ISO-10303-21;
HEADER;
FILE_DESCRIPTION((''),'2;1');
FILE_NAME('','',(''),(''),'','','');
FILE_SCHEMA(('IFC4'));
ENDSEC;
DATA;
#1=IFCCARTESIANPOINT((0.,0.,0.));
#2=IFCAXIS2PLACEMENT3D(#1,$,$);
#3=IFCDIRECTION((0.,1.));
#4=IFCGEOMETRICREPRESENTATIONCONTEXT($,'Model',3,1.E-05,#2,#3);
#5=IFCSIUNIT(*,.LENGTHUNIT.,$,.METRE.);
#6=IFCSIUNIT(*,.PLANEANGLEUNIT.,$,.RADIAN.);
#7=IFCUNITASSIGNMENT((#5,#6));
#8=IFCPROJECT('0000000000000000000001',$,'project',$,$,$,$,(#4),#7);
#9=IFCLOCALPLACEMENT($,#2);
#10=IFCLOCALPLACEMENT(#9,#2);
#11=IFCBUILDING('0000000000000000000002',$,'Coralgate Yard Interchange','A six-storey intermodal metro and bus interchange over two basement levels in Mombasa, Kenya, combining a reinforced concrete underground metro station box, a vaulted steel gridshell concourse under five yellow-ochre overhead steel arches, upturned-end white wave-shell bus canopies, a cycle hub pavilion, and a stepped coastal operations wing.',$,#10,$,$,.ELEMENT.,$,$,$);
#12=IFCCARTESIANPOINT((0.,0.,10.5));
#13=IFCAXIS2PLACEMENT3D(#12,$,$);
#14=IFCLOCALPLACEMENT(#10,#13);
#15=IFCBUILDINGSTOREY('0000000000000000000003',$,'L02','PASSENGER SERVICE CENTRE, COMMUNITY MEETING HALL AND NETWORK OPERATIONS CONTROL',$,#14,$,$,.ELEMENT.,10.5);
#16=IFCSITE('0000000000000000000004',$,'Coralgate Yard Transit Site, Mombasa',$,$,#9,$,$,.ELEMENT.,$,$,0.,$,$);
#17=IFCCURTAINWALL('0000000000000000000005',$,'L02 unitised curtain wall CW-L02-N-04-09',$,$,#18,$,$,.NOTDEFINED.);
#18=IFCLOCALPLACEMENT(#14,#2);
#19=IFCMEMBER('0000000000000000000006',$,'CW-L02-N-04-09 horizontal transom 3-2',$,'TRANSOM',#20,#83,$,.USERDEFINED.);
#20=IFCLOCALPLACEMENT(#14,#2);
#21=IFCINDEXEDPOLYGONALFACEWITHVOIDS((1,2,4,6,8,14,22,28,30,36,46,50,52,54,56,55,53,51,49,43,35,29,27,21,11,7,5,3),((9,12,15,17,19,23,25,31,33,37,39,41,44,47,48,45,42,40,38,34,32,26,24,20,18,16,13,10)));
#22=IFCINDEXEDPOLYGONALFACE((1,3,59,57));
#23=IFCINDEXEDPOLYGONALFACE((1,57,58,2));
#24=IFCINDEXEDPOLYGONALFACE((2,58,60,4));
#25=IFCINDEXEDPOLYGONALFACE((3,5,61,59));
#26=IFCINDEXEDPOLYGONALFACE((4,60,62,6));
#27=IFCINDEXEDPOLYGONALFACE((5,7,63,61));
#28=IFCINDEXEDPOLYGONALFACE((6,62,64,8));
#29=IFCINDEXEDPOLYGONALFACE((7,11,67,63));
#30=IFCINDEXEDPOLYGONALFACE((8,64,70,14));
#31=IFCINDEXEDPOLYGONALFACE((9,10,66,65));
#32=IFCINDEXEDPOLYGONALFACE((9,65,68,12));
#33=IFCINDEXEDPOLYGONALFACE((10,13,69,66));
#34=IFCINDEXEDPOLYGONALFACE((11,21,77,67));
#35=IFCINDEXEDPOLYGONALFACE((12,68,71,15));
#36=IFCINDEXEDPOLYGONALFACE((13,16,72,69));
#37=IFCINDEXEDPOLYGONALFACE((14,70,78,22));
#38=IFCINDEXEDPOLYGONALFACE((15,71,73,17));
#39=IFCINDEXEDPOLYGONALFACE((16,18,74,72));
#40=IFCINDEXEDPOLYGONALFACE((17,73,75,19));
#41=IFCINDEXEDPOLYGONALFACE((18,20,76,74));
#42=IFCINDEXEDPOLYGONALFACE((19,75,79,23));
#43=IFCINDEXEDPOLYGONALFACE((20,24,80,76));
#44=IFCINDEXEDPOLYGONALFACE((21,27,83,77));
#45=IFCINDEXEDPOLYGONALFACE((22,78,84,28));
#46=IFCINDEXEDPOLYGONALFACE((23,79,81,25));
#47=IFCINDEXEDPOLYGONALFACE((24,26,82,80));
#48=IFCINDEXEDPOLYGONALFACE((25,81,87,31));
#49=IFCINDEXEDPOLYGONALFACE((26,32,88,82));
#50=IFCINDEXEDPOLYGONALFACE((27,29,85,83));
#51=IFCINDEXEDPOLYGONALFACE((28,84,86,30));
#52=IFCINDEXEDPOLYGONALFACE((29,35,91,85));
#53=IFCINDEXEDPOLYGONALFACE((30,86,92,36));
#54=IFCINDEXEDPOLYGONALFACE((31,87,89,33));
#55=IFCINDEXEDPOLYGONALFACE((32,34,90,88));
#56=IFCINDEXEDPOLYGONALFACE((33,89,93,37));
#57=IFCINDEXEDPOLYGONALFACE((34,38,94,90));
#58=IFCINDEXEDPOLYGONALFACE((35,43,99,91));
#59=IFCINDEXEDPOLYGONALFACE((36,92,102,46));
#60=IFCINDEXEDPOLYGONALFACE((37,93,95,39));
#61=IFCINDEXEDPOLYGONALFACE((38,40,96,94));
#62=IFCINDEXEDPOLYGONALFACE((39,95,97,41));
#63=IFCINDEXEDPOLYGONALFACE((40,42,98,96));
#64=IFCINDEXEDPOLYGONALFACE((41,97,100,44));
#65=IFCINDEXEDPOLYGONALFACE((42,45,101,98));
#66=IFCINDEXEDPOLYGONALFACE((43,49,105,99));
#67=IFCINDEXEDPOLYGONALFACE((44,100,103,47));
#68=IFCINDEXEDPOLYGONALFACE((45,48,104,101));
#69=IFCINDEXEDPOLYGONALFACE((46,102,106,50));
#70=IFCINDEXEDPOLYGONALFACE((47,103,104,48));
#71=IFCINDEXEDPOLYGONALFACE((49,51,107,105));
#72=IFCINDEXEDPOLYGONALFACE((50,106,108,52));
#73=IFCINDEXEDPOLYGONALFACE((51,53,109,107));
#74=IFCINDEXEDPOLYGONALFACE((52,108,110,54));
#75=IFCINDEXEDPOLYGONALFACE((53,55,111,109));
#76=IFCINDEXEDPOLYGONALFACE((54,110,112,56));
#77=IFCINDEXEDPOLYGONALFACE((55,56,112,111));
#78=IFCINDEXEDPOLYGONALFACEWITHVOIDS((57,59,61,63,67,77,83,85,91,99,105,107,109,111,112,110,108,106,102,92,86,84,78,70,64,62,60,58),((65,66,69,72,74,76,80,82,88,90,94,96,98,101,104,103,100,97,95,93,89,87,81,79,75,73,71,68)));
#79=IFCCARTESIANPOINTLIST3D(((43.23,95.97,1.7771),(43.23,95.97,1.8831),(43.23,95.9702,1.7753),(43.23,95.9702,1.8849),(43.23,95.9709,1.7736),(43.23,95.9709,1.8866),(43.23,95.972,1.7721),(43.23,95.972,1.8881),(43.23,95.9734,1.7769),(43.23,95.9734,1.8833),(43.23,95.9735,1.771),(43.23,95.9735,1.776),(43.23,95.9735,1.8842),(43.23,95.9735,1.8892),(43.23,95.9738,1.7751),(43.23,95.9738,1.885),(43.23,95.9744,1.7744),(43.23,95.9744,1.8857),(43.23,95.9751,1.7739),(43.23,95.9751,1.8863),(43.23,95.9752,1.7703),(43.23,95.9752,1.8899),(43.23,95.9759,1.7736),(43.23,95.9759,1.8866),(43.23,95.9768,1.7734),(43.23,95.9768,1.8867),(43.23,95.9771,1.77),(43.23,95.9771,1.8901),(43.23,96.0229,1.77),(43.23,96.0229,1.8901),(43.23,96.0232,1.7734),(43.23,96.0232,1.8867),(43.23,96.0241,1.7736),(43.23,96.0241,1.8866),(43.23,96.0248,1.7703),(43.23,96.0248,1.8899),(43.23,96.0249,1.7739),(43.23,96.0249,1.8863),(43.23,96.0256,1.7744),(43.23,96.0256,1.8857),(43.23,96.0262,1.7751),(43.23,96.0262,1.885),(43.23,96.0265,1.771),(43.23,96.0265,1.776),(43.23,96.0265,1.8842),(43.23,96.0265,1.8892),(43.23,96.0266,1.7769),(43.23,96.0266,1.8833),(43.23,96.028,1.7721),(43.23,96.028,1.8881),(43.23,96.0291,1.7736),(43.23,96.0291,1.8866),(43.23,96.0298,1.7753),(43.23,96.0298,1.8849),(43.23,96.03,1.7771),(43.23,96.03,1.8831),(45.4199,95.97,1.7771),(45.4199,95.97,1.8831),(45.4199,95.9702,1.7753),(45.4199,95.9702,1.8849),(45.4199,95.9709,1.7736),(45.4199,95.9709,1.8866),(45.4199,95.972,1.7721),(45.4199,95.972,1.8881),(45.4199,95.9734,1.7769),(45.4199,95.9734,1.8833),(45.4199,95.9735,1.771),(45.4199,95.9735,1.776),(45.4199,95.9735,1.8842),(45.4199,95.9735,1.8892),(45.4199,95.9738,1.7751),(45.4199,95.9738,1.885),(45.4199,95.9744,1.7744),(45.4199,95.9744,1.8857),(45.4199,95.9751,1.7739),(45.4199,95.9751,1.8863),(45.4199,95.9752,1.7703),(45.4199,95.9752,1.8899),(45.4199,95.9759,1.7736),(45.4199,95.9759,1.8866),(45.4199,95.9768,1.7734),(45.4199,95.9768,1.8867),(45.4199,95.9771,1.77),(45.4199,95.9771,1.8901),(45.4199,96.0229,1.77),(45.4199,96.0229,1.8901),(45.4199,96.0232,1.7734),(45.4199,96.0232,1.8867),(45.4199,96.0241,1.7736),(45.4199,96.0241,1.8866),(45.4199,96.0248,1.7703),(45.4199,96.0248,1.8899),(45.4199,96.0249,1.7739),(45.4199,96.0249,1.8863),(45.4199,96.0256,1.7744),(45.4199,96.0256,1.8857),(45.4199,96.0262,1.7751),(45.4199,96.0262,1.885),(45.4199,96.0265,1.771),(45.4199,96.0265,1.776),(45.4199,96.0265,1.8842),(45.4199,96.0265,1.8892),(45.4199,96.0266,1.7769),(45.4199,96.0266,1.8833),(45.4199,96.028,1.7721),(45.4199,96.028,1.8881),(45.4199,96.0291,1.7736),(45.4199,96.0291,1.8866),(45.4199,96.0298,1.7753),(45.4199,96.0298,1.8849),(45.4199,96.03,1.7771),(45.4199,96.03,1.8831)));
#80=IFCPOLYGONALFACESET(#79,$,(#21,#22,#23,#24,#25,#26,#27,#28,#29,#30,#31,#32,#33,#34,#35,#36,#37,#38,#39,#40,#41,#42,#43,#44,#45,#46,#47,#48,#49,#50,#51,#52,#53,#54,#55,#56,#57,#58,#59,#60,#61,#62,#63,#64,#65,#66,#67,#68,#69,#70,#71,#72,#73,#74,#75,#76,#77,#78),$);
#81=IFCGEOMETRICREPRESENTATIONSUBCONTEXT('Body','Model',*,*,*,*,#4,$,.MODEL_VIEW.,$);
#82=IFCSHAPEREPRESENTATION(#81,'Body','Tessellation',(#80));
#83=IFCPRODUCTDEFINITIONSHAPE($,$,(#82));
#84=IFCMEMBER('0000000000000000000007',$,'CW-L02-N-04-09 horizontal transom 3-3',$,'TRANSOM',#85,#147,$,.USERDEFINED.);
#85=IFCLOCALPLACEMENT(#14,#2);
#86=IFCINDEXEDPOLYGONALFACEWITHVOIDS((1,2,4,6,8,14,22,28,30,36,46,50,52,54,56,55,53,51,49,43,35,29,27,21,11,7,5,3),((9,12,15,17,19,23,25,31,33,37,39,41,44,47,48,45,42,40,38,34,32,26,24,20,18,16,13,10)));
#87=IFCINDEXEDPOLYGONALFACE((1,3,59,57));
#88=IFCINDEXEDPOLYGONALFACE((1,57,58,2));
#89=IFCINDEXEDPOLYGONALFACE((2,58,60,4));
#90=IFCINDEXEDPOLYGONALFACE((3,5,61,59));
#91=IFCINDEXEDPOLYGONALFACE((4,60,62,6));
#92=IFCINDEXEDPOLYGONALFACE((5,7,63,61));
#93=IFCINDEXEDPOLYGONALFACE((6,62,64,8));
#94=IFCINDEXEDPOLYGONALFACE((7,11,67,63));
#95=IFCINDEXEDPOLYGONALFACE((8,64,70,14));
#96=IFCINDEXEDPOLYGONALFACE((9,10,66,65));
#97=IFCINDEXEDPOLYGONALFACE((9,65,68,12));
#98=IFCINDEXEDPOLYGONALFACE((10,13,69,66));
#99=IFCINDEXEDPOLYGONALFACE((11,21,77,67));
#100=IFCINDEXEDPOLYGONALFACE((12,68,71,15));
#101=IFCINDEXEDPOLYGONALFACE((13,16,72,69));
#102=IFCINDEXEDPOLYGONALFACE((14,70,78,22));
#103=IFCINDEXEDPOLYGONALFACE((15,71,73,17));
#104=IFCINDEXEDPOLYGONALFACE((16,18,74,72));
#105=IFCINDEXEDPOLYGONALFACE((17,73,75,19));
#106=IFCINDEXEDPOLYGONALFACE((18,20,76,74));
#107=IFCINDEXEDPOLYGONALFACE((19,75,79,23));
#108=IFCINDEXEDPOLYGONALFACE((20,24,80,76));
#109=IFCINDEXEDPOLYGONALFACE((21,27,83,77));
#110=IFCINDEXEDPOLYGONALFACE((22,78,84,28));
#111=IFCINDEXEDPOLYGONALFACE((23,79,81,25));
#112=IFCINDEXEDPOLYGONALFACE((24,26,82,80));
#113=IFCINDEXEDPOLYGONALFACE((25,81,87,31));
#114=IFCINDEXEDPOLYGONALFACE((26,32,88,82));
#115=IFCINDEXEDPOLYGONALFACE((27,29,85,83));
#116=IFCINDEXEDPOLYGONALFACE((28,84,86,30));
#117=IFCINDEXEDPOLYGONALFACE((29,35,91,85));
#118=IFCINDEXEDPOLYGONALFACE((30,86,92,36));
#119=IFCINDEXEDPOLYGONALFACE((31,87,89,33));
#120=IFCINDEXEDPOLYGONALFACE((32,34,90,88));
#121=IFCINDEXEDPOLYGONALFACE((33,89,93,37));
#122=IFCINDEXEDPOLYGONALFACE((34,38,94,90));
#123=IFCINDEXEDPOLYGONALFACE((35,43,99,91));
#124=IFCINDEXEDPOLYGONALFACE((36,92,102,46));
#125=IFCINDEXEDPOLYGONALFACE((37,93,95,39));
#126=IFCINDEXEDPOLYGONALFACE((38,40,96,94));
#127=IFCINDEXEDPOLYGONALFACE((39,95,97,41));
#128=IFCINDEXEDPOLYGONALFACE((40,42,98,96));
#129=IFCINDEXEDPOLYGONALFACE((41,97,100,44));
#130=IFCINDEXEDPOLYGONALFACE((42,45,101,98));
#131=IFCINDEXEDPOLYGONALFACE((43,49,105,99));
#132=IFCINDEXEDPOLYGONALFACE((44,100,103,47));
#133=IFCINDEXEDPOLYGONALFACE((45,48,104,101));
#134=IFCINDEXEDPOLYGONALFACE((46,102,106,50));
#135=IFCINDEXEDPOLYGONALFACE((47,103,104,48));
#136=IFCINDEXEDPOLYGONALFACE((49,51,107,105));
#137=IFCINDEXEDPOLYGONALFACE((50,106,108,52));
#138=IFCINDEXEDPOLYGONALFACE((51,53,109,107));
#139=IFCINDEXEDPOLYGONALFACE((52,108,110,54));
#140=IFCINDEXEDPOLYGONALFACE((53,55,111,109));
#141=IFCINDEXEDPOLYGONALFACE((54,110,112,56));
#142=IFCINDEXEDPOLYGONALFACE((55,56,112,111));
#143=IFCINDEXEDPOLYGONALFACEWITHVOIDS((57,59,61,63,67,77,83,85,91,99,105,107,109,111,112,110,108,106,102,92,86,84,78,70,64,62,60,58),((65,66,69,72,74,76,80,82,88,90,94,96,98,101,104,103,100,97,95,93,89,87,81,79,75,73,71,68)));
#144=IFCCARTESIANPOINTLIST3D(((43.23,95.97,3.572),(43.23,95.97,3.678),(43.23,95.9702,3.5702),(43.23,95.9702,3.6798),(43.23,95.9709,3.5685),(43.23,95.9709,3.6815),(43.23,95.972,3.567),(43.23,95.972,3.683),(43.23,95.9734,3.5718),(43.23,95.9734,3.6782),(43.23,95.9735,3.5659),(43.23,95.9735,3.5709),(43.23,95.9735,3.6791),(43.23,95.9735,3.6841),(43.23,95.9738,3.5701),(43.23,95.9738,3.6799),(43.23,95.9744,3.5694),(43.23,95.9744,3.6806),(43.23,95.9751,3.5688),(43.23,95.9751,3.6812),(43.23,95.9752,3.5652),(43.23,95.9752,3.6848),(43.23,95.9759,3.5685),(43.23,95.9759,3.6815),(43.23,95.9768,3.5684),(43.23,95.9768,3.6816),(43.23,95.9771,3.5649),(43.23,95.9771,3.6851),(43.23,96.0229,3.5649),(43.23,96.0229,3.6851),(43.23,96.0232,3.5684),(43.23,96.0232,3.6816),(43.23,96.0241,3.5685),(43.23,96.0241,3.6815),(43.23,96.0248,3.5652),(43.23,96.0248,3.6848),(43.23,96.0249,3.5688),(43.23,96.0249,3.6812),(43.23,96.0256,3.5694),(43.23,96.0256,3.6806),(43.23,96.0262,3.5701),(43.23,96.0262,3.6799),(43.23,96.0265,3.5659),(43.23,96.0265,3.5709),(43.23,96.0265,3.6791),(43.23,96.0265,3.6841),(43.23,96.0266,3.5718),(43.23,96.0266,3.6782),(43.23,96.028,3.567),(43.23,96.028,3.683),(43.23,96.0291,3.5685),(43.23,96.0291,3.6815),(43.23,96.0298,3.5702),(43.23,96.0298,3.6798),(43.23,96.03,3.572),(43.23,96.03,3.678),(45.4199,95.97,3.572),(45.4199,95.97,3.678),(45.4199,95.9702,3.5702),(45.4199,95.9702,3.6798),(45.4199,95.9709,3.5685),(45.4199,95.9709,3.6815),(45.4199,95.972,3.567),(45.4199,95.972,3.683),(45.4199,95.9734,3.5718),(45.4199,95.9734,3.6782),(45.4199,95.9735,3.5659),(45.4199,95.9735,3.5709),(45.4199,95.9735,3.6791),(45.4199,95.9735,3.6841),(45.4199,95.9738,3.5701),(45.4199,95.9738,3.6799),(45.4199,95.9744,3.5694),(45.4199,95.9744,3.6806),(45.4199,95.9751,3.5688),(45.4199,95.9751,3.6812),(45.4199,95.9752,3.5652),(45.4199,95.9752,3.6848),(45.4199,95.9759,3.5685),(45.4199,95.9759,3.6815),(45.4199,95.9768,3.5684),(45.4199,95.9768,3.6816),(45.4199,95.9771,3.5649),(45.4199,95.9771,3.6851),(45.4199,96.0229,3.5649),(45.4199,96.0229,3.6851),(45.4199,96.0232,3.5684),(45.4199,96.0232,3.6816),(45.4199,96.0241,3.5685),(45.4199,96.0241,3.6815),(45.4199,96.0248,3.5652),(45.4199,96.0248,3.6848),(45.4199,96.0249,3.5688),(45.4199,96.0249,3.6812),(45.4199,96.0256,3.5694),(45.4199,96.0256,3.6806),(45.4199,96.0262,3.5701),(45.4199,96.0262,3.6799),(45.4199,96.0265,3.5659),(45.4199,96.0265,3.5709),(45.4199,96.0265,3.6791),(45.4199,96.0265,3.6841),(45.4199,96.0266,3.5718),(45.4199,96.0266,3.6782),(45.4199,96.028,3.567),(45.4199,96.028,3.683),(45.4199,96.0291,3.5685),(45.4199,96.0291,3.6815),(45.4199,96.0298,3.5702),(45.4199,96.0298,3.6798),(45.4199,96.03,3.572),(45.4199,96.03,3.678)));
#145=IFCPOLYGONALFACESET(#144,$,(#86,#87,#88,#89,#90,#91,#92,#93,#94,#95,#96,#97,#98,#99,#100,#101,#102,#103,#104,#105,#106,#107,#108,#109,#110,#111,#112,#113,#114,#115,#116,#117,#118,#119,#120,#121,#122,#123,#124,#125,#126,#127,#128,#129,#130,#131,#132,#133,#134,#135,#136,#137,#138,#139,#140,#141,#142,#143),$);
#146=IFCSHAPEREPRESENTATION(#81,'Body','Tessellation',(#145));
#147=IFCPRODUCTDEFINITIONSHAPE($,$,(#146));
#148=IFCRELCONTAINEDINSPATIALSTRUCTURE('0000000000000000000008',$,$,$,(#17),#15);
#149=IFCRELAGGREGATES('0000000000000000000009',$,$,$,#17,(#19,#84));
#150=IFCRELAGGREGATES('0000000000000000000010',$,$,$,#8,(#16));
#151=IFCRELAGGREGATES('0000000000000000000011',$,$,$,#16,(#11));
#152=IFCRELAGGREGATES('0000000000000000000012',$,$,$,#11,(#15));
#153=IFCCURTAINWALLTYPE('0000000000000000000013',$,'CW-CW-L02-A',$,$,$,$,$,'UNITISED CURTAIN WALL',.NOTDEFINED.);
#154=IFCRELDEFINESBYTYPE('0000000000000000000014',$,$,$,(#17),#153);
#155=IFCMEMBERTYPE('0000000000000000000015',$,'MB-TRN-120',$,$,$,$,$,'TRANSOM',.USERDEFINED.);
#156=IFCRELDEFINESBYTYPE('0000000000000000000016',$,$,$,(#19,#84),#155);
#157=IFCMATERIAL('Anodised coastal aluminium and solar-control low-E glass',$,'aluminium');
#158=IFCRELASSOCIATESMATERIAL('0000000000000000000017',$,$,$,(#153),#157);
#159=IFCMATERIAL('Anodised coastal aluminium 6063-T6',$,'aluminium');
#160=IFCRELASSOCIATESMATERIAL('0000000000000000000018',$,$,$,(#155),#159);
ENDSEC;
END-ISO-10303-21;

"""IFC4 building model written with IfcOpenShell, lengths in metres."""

from ifc_helpers import new_model, si_unit, direction, frame, origin, origin_2d, place, context, subcontext, project, spatial, hollow_rectangle, extrude, material, material_profile, profile_set, type_object, element, aggregate, save


model = new_model("IFC4")

# Units and contexts
model_context = context("Model", 3, precision=1e-05, world=origin(), true_north=direction((0.0, 1.0)))
body_context = subcontext(model_context, "Body", "Model", "MODEL_VIEW")
ifc_project = project(units=[si_unit("LENGTHUNIT", "METRE"), si_unit("PLANEANGLEUNIT", "RADIAN")], contexts=[model_context])

# Site, building, storey
site_placement = place(None, origin())
site = spatial("IfcSite", under=ifc_project, at=site_placement, Name="Coralgate Yard Transit Site, Mombasa", CompositionType="ELEMENT", RefElevation=0.0)
building_placement = place(site_placement, origin())
building = spatial("IfcBuilding", under=site, at=building_placement, Name="Coralgate Yard Interchange", Description="A six-storey intermodal metro and bus interchange over two basement levels in Mombasa, Kenya, combining a reinforced concrete underground metro station box, a vaulted steel gridshell concourse under five yellow-ochre overhead steel arches, upturned-end white wave-shell bus canopies, a cycle hub pavilion, and a stepped coastal operations wing.", CompositionType="ELEMENT")
storey_placement = place(building_placement, frame((0.0, 0.0, 10.5)))
storey = spatial("IfcBuildingStorey", under=building, at=storey_placement, Name="L02", Description="PASSENGER SERVICE CENTRE, COMMUNITY MEETING HALL AND NETWORK OPERATIONS CONTROL", CompositionType="ELEMENT", Elevation=10.5)

# Curtain wall, members
ifc_material_1 = material(Name="Anodised coastal aluminium and solar-control low-E glass", Category="aluminium")
curtain_wall_type = type_object("IfcCurtainWallType", Name="CW-CW-L02-A", ElementType="UNITISED CURTAIN WALL", PredefinedType="NOTDEFINED", material=ifc_material_1)
curtain_wall_placement = place(storey_placement, origin())
curtain_wall = element("IfcCurtainWall", 1, at=curtain_wall_placement, inside=storey, type_object=curtain_wall_type, Name="L02 unitised curtain wall CW-L02-N-04-09", PredefinedType="NOTDEFINED")
ifc_material_2 = material(Name="Anodised coastal aluminium 6063-T6", Category="aluminium")
ifc_material_profile_1 = material_profile(ifc_material_2, hollow_rectangle(XDim=0.0601, YDim=0.1201, WallThickness=0.0034, InnerFilletRadius=0.0034, OuterFilletRadius=0.0071, at=origin_2d()), Name="ALU 60x120x3.5")
ifc_profile_set_1 = profile_set([ifc_material_profile_1], Name="Anodised coastal aluminium 6063-T6")
member_type_1 = type_object("IfcMemberType", Name="MB-TRN-120", ElementType="TRANSOM", PredefinedType="USERDEFINED", material=ifc_profile_set_1)
member_1_placement = place(storey_placement, frame((43.23, 96.0, 1.8301), z_axis=(1.0, 0.0, 0.0), x_axis=(0.0, 1.0, 0.0)))
member_1 = element("IfcMember", 2, at=member_1_placement, type_object=member_type_1, Name="CW-L02-N-04-09 horizontal transom 3-2", ObjectType="TRANSOM", PredefinedType="USERDEFINED", context=body_context, shape_type="SweptSolid", body=[
    extrude(hollow_rectangle(XDim=0.0601, YDim=0.1201, WallThickness=0.0034, InnerFilletRadius=0.0034, OuterFilletRadius=0.0071, at=origin_2d()), origin(), (0.0, 0.0, 1.0), 2.1899),
])
member_2_placement = place(storey_placement, frame((43.23, 96.0, 3.625), z_axis=(1.0, 0.0, 0.0), x_axis=(0.0, 1.0, 0.0)))
member_2 = element("IfcMember", 3, at=member_2_placement, type_object=member_type_1, Name="CW-L02-N-04-09 horizontal transom 3-3", ObjectType="TRANSOM", PredefinedType="USERDEFINED", context=body_context, shape_type="SweptSolid", body=[
    extrude(hollow_rectangle(XDim=0.0601, YDim=0.1201, WallThickness=0.0034, InnerFilletRadius=0.0034, OuterFilletRadius=0.0071, at=origin_2d()), origin(), (0.0, 0.0, 1.0), 2.1899),
])
aggregate(curtain_wall, [member_1, member_2])

save(model, "model.ifc")
